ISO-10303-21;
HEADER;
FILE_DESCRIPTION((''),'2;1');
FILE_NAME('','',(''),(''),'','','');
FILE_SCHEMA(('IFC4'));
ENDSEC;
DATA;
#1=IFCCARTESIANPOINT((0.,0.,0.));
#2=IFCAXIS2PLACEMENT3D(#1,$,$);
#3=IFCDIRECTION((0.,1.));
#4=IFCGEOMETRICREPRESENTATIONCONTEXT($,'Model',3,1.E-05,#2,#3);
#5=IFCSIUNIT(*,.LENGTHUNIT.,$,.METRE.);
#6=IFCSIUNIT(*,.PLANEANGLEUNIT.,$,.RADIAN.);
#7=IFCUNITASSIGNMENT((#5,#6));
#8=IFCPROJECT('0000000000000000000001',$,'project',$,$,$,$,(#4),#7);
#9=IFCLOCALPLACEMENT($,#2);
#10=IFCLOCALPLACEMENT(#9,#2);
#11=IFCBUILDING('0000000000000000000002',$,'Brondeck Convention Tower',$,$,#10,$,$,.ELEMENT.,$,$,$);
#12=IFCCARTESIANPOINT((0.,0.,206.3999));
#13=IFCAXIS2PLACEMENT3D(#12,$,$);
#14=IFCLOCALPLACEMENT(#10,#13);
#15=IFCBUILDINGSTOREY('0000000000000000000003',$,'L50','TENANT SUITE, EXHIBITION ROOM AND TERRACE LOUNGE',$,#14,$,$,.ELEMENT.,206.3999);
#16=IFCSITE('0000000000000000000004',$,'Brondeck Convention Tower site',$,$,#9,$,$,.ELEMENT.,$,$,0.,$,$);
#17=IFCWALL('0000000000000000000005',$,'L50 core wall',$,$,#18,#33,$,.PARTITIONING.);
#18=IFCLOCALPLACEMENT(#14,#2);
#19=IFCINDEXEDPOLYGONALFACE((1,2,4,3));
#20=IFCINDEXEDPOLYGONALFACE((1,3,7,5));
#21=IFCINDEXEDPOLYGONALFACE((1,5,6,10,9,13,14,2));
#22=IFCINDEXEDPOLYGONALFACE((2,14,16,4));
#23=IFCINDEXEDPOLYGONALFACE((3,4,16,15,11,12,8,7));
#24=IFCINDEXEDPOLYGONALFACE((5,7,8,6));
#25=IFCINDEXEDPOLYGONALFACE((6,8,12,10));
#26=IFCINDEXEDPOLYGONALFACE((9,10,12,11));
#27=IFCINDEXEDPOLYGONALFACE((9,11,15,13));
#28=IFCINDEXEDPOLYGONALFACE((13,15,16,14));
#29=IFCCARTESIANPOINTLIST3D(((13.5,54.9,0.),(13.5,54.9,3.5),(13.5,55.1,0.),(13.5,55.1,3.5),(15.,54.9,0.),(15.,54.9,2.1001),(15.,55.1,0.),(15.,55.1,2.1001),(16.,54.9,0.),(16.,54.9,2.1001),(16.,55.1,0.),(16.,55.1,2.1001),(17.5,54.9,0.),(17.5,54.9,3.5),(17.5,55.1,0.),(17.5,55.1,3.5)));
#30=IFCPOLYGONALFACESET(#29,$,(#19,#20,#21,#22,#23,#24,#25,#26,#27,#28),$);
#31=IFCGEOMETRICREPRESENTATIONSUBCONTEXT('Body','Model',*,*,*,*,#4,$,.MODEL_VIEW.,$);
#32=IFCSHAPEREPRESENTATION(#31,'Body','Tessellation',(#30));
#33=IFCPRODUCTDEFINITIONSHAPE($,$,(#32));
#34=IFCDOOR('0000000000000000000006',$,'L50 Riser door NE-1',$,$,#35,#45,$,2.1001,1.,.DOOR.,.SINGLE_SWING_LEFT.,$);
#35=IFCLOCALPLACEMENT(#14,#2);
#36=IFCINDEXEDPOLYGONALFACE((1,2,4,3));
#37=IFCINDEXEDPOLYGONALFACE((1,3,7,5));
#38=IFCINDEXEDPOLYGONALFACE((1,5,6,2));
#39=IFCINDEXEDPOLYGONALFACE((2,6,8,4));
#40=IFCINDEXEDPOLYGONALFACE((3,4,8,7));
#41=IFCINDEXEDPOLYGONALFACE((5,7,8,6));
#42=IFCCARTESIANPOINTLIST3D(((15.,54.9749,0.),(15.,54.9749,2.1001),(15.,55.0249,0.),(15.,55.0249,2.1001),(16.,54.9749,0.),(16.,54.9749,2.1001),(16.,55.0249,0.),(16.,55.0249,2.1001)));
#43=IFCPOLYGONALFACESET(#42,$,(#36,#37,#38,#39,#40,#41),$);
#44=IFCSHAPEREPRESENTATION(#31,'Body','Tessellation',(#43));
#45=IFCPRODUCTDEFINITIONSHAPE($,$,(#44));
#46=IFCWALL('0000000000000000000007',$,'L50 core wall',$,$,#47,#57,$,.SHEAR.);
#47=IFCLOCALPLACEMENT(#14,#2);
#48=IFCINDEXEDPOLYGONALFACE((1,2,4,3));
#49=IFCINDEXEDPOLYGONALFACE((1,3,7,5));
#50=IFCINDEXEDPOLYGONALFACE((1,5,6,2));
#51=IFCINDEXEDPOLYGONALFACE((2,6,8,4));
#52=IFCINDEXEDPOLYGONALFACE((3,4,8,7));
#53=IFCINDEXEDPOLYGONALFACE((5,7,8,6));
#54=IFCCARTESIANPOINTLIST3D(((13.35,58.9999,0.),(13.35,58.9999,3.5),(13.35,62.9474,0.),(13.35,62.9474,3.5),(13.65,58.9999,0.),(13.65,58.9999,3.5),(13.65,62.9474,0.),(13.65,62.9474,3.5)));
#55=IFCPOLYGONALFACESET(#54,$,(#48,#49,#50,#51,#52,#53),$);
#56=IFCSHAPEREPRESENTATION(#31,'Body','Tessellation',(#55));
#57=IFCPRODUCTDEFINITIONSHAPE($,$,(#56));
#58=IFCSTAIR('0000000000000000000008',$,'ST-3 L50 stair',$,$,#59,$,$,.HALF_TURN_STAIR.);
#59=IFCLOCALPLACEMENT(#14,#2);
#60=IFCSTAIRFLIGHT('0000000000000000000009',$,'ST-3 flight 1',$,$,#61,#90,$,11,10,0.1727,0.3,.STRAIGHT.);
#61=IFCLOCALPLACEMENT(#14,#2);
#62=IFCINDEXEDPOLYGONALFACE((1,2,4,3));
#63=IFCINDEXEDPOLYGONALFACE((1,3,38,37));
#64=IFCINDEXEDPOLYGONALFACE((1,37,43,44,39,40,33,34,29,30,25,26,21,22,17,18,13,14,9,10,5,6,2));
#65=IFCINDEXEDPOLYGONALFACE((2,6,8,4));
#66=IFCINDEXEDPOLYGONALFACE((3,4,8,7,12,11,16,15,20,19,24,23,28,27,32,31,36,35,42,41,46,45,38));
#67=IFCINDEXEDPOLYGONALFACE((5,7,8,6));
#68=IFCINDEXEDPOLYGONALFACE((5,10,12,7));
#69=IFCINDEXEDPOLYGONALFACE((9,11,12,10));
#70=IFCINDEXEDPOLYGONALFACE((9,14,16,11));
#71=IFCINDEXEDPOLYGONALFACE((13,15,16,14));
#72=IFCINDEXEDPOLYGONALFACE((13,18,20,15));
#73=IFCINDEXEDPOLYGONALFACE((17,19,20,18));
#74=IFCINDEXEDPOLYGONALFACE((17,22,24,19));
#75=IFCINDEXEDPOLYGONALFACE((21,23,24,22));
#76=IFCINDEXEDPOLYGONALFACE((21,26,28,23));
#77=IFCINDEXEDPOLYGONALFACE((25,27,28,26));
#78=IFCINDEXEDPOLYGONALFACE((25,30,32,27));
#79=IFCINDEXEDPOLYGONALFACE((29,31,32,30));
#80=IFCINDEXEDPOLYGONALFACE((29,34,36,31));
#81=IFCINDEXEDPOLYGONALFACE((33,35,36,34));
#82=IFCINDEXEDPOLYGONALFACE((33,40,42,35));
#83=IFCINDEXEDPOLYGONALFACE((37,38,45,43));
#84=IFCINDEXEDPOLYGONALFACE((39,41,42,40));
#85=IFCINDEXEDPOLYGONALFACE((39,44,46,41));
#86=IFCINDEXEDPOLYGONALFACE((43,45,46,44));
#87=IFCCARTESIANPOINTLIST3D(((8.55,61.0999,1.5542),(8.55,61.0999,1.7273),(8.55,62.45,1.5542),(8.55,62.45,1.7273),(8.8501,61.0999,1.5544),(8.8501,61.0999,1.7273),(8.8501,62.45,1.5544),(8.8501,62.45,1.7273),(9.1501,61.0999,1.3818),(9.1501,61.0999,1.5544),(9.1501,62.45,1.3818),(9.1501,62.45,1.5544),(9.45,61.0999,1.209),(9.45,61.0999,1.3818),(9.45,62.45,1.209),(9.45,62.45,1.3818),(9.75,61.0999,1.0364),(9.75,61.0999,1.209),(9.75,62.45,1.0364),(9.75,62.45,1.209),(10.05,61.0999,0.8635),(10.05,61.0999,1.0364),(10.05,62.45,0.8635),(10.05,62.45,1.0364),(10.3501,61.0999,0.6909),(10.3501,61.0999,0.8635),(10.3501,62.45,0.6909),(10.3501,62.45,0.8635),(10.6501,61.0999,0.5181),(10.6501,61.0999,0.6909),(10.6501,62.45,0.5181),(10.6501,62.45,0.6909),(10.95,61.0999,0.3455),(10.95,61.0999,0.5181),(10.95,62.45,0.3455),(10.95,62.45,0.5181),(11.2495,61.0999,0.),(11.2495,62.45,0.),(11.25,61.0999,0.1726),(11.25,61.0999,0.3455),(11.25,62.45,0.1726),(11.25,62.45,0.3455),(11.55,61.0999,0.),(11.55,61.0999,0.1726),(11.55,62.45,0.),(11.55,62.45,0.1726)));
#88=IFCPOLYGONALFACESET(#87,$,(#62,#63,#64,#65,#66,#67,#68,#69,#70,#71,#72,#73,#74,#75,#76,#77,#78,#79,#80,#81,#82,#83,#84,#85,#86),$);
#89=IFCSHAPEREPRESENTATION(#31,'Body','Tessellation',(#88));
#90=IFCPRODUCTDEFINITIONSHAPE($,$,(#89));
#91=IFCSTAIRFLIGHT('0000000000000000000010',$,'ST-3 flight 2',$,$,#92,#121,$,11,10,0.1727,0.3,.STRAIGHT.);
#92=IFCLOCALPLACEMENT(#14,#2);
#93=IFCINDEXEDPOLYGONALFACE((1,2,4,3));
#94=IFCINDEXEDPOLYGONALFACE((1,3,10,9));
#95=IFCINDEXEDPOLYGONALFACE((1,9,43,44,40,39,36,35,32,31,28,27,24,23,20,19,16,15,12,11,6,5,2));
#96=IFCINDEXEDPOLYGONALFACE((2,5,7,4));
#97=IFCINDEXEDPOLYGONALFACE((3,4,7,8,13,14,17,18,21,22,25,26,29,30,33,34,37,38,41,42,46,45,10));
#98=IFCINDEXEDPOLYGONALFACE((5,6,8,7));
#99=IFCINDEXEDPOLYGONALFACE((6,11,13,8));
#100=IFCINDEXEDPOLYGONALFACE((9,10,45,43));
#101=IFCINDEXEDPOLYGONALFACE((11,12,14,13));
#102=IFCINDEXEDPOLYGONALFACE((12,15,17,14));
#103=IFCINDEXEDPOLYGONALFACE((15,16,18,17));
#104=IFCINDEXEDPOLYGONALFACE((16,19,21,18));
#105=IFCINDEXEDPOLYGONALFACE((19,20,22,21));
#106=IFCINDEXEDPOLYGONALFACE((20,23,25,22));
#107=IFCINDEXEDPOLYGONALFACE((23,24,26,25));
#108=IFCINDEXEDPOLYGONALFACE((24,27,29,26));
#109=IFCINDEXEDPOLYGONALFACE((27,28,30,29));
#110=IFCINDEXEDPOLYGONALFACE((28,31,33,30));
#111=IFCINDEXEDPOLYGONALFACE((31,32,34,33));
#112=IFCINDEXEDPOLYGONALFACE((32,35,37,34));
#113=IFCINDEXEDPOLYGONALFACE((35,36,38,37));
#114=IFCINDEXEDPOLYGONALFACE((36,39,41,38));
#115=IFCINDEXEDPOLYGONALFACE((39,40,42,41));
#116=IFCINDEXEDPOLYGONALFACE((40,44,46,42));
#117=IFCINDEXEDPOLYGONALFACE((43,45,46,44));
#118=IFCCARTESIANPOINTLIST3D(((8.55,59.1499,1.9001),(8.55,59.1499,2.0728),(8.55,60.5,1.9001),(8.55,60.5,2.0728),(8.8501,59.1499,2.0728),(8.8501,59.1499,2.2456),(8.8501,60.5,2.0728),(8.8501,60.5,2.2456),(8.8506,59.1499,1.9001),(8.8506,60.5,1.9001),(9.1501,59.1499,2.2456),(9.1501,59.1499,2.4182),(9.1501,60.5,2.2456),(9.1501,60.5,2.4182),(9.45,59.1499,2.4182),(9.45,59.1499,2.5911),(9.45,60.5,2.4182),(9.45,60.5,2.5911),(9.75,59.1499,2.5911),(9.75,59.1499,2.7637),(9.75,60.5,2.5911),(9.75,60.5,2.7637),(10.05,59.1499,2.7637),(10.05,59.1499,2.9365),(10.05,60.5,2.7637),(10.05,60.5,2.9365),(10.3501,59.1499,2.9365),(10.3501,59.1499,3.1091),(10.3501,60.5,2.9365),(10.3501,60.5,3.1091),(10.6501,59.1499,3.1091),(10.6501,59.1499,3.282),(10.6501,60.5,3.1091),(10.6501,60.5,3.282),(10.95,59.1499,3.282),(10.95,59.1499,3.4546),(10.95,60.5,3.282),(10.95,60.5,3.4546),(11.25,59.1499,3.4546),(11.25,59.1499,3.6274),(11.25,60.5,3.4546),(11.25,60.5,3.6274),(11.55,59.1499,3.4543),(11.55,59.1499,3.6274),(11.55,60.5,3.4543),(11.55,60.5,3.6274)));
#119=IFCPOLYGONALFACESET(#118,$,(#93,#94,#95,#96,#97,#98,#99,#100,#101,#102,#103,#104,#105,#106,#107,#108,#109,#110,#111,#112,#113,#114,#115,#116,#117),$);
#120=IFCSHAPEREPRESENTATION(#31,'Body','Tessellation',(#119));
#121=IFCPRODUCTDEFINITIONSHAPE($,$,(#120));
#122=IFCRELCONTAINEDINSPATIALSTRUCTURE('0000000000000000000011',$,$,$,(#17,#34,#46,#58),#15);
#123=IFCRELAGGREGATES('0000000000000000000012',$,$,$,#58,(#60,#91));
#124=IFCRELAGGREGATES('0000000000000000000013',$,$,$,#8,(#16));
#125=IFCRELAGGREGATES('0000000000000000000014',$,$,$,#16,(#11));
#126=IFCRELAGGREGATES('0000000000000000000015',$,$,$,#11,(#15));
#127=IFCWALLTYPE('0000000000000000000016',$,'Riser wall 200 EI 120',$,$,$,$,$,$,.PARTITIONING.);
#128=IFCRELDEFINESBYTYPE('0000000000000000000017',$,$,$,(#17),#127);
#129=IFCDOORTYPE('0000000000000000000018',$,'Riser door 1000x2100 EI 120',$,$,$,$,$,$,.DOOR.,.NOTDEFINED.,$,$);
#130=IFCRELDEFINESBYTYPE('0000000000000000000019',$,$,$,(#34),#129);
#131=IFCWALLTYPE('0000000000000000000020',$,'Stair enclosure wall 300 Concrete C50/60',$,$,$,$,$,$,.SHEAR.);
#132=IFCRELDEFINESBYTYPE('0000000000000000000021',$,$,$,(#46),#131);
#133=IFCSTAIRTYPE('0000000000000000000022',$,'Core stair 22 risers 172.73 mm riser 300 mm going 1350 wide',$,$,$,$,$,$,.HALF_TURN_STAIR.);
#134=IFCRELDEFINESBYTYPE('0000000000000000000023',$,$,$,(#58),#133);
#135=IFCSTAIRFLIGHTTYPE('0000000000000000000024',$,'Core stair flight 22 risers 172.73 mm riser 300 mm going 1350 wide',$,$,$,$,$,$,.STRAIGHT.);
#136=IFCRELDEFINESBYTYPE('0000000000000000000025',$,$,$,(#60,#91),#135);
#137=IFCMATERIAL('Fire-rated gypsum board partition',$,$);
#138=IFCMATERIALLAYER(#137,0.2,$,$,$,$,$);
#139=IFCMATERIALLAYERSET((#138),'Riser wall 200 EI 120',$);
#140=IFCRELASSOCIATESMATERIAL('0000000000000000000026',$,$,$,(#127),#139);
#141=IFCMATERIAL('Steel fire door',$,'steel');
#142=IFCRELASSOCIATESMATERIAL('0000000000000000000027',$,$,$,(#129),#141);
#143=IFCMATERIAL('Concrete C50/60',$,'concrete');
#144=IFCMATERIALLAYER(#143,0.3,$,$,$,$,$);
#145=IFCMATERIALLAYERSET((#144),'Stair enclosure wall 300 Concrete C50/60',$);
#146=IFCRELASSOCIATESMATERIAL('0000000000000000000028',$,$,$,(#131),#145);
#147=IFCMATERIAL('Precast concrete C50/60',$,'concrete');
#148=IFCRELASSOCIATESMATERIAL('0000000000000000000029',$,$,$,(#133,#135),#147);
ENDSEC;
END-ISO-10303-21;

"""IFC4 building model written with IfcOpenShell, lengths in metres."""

from ifc_helpers import new_model, si_unit, direction, frame, frame_2d, origin, place, context, subcontext, project, spatial, polyline, rectangle, outline, extrude, material, layer, layer_set, type_object, element, fill, aggregate, save


model = new_model("IFC4")

# Units and contexts
model_context = context("Model", 3, precision=1e-05, world=origin(), true_north=direction((0.0, 1.0)))
body_context = subcontext(model_context, "Body", "Model", "MODEL_VIEW")
ifc_project = project(units=[si_unit("LENGTHUNIT", "METRE"), si_unit("PLANEANGLEUNIT", "RADIAN")], contexts=[model_context])

# Site, building, storey
site_placement = place(None, origin())
site = spatial("IfcSite", under=ifc_project, at=site_placement, Name="Brondeck Convention Tower site", CompositionType="ELEMENT", RefElevation=0.0)
building_placement = place(site_placement, origin())
building = spatial("IfcBuilding", under=site, at=building_placement, Name="Brondeck Convention Tower", CompositionType="ELEMENT")
storey_placement = place(building_placement, frame((0.0, 0.0, 206.3999)))
storey = spatial("IfcBuildingStorey", under=building, at=storey_placement, Name="L50", Description="TENANT SUITE, EXHIBITION ROOM AND TERRACE LOUNGE", CompositionType="ELEMENT", Elevation=206.3999)

# Shared definitions
ifc_material_1 = material(Name="Concrete C50/60", Category="concrete")

# Shared definitions
ifc_material_2 = material(Name="Fire-rated gypsum board partition")

# Shared definitions
ifc_material_3 = material(Name="Steel fire door", Category="steel")

# Wall, opening, door
ifc_layer_1 = layer(ifc_material_2, 0.2)
ifc_layer_set_1 = layer_set([ifc_layer_1], Name="Riser wall 200 EI 120")
wall_type_1 = type_object("IfcWallType", Name="Riser wall 200 EI 120", PredefinedType="PARTITIONING", material=ifc_layer_set_1)
wall_1_placement = place(storey_placement, frame((13.5, 55.0, 0.0), z_axis=(0.0, 0.0, 1.0), x_axis=(1.0, 0.0, 0.0)))
wall_1 = element("IfcWall", 1, at=wall_1_placement, inside=storey, type_object=wall_type_1, Name="L50 core wall", PredefinedType="PARTITIONING", context=body_context, shape_type="SweptSolid", body=[
    extrude(rectangle(XDim=4.0, YDim=0.2, at=frame_2d((2.0, 0.0))), origin(), (0.0, 0.0, 1.0), 3.5),
])
opening_1_placement = place(wall_1_placement, frame((1.5, 0.0, 0.0)))
opening_1 = element("IfcOpeningElement", 2, at=opening_1_placement, cuts=wall_1, PredefinedType="OPENING", context=body_context, shape_type="SweptSolid", body=[
    extrude(rectangle(XDim=1.0, YDim=2.1001, at=frame_2d((0.5, 1.05))), frame((0.0, 0.1099, 0.0), z_axis=(0.0, -1.0, 0.0), x_axis=(1.0, 0.0, 0.0)), (0.0, 0.0, 1.0), 0.22),
])
door_type_1 = type_object("IfcDoorType", Name="Riser door 1000x2100 EI 120", OperationType="NOTDEFINED", PredefinedType="DOOR", material=ifc_material_3)
door_1_placement = place(opening_1_placement, origin())
door_1 = element("IfcDoor", 3, at=door_1_placement, inside=storey, type_object=door_type_1, Name="L50 Riser door NE-1", OperationType="SINGLE_SWING_LEFT", OverallHeight=2.1001, OverallWidth=1.0, PredefinedType="DOOR", context=body_context, shape_type="SweptSolid", body=[
    extrude(rectangle(XDim=1.0, YDim=2.1001, at=frame_2d((0.5, 1.05))), frame((0.0, 0.0249, 0.0), z_axis=(0.0, -1.0, 0.0), x_axis=(1.0, 0.0, 0.0)), (0.0, 0.0, 1.0), 0.05),
])
fill(opening_1, door_1)

# Wall
ifc_layer_2 = layer(ifc_material_1, 0.3)
ifc_layer_set_2 = layer_set([ifc_layer_2], Name="Stair enclosure wall 300 Concrete C50/60")
wall_type_2 = type_object("IfcWallType", Name="Stair enclosure wall 300 Concrete C50/60", PredefinedType="SHEAR", material=ifc_layer_set_2)
wall_2_placement = place(storey_placement, frame((13.5, 59.0, 0.0), z_axis=(0.0, 0.0, 1.0), x_axis=(0.0, 1.0, 0.0)))
element("IfcWall", 4, at=wall_2_placement, inside=storey, type_object=wall_type_2, Name="L50 core wall", PredefinedType="SHEAR", context=body_context, shape_type="SweptSolid", body=[
    extrude(rectangle(XDim=3.9475, YDim=0.3, at=frame_2d((1.9736, 0.0))), origin(), (0.0, 0.0, 1.0), 3.5),
])

# Stair, stair flights
ifc_material_4 = material(Name="Precast concrete C50/60", Category="concrete")
stair_type = type_object("IfcStairType", Name="Core stair 22 risers 172.73 mm riser 300 mm going 1350 wide", PredefinedType="HALF_TURN_STAIR", material=ifc_material_4)
stair_placement = place(storey_placement, origin())
stair = element("IfcStair", 5, at=stair_placement, inside=storey, type_object=stair_type, Name="ST-3 L50 stair", PredefinedType="HALF_TURN_STAIR")
stair_flight_type = type_object("IfcStairFlightType", Name="Core stair flight 22 risers 172.73 mm riser 300 mm going 1350 wide", PredefinedType="STRAIGHT", material=ifc_material_4)
stair_flight_1_placement = place(storey_placement, frame((11.55, 61.7749, 0.0), z_axis=(0.0, 0.0, 1.0), x_axis=(-1.0, 0.0, 0.0)))
stair_flight_1 = element("IfcStairFlight", 6, at=stair_flight_1_placement, type_object=stair_flight_type, Name="ST-3 flight 1", NumberOfRisers=11, NumberOfTreads=10, PredefinedType="STRAIGHT", RiserHeight=0.1727, TreadLength=0.3, context=body_context, shape_type="SweptSolid", body=[
    extrude(outline(polyline([(0.0, 0.0), (0.0, 0.1726), (0.3, 0.1726), (0.3, 0.3455), (0.6001, 0.3455), (0.6001, 0.5181), (0.8999, 0.5181), (0.8999, 0.6909), (1.2, 0.6909), (1.2, 0.8635), (1.5, 0.8635), (1.5, 1.0364), (1.8, 1.0364), (1.8, 1.209), (2.1001, 1.209), (2.1001, 1.3818), (2.3999, 1.3818), (2.3999, 1.5544), (2.7, 1.5544), (2.7, 1.7273), (3.0, 1.7273), (3.0, 1.8999), (3.0, 1.5542), (0.3005, 0.0), (0.0, 0.0)])), frame((0.0, 0.675, 0.0), z_axis=(0.0, -1.0, 0.0), x_axis=(1.0, 0.0, 0.0)), (0.0, 0.0, 1.0), 1.3501),
])
stair_flight_2_placement = place(storey_placement, frame((8.55, 59.825, 1.9001), z_axis=(0.0, 0.0, 1.0), x_axis=(1.0, 0.0, 0.0)))
stair_flight_2 = element("IfcStairFlight", 7, at=stair_flight_2_placement, type_object=stair_flight_type, Name="ST-3 flight 2", NumberOfRisers=11, NumberOfTreads=10, PredefinedType="STRAIGHT", RiserHeight=0.1727, TreadLength=0.3, context=body_context, shape_type="SweptSolid", body=[
    extrude(outline(polyline([(0.0, 0.0), (0.0, 0.1726), (0.3, 0.1726), (0.3, 0.3455), (0.6001, 0.3455), (0.6001, 0.5181), (0.8999, 0.5181), (0.8999, 0.6909), (1.2, 0.6909), (1.2, 0.8635), (1.5, 0.8635), (1.5, 1.0364), (1.8, 1.0364), (1.8, 1.209), (2.1001, 1.209), (2.1001, 1.3818), (2.3999, 1.3818), (2.3999, 1.5544), (2.7, 1.5544), (2.7, 1.7273), (3.0, 1.7273), (3.0, 1.8999), (3.0, 1.5542), (0.3005, 0.0), (0.0, 0.0)])), frame((0.0, 0.675, 0.0), z_axis=(0.0, -1.0, 0.0), x_axis=(1.0, 0.0, 0.0)), (0.0, 0.0, 1.0), 1.3501),
])
aggregate(stair, [stair_flight_1, stair_flight_2])

save(model, "model.ifc")
